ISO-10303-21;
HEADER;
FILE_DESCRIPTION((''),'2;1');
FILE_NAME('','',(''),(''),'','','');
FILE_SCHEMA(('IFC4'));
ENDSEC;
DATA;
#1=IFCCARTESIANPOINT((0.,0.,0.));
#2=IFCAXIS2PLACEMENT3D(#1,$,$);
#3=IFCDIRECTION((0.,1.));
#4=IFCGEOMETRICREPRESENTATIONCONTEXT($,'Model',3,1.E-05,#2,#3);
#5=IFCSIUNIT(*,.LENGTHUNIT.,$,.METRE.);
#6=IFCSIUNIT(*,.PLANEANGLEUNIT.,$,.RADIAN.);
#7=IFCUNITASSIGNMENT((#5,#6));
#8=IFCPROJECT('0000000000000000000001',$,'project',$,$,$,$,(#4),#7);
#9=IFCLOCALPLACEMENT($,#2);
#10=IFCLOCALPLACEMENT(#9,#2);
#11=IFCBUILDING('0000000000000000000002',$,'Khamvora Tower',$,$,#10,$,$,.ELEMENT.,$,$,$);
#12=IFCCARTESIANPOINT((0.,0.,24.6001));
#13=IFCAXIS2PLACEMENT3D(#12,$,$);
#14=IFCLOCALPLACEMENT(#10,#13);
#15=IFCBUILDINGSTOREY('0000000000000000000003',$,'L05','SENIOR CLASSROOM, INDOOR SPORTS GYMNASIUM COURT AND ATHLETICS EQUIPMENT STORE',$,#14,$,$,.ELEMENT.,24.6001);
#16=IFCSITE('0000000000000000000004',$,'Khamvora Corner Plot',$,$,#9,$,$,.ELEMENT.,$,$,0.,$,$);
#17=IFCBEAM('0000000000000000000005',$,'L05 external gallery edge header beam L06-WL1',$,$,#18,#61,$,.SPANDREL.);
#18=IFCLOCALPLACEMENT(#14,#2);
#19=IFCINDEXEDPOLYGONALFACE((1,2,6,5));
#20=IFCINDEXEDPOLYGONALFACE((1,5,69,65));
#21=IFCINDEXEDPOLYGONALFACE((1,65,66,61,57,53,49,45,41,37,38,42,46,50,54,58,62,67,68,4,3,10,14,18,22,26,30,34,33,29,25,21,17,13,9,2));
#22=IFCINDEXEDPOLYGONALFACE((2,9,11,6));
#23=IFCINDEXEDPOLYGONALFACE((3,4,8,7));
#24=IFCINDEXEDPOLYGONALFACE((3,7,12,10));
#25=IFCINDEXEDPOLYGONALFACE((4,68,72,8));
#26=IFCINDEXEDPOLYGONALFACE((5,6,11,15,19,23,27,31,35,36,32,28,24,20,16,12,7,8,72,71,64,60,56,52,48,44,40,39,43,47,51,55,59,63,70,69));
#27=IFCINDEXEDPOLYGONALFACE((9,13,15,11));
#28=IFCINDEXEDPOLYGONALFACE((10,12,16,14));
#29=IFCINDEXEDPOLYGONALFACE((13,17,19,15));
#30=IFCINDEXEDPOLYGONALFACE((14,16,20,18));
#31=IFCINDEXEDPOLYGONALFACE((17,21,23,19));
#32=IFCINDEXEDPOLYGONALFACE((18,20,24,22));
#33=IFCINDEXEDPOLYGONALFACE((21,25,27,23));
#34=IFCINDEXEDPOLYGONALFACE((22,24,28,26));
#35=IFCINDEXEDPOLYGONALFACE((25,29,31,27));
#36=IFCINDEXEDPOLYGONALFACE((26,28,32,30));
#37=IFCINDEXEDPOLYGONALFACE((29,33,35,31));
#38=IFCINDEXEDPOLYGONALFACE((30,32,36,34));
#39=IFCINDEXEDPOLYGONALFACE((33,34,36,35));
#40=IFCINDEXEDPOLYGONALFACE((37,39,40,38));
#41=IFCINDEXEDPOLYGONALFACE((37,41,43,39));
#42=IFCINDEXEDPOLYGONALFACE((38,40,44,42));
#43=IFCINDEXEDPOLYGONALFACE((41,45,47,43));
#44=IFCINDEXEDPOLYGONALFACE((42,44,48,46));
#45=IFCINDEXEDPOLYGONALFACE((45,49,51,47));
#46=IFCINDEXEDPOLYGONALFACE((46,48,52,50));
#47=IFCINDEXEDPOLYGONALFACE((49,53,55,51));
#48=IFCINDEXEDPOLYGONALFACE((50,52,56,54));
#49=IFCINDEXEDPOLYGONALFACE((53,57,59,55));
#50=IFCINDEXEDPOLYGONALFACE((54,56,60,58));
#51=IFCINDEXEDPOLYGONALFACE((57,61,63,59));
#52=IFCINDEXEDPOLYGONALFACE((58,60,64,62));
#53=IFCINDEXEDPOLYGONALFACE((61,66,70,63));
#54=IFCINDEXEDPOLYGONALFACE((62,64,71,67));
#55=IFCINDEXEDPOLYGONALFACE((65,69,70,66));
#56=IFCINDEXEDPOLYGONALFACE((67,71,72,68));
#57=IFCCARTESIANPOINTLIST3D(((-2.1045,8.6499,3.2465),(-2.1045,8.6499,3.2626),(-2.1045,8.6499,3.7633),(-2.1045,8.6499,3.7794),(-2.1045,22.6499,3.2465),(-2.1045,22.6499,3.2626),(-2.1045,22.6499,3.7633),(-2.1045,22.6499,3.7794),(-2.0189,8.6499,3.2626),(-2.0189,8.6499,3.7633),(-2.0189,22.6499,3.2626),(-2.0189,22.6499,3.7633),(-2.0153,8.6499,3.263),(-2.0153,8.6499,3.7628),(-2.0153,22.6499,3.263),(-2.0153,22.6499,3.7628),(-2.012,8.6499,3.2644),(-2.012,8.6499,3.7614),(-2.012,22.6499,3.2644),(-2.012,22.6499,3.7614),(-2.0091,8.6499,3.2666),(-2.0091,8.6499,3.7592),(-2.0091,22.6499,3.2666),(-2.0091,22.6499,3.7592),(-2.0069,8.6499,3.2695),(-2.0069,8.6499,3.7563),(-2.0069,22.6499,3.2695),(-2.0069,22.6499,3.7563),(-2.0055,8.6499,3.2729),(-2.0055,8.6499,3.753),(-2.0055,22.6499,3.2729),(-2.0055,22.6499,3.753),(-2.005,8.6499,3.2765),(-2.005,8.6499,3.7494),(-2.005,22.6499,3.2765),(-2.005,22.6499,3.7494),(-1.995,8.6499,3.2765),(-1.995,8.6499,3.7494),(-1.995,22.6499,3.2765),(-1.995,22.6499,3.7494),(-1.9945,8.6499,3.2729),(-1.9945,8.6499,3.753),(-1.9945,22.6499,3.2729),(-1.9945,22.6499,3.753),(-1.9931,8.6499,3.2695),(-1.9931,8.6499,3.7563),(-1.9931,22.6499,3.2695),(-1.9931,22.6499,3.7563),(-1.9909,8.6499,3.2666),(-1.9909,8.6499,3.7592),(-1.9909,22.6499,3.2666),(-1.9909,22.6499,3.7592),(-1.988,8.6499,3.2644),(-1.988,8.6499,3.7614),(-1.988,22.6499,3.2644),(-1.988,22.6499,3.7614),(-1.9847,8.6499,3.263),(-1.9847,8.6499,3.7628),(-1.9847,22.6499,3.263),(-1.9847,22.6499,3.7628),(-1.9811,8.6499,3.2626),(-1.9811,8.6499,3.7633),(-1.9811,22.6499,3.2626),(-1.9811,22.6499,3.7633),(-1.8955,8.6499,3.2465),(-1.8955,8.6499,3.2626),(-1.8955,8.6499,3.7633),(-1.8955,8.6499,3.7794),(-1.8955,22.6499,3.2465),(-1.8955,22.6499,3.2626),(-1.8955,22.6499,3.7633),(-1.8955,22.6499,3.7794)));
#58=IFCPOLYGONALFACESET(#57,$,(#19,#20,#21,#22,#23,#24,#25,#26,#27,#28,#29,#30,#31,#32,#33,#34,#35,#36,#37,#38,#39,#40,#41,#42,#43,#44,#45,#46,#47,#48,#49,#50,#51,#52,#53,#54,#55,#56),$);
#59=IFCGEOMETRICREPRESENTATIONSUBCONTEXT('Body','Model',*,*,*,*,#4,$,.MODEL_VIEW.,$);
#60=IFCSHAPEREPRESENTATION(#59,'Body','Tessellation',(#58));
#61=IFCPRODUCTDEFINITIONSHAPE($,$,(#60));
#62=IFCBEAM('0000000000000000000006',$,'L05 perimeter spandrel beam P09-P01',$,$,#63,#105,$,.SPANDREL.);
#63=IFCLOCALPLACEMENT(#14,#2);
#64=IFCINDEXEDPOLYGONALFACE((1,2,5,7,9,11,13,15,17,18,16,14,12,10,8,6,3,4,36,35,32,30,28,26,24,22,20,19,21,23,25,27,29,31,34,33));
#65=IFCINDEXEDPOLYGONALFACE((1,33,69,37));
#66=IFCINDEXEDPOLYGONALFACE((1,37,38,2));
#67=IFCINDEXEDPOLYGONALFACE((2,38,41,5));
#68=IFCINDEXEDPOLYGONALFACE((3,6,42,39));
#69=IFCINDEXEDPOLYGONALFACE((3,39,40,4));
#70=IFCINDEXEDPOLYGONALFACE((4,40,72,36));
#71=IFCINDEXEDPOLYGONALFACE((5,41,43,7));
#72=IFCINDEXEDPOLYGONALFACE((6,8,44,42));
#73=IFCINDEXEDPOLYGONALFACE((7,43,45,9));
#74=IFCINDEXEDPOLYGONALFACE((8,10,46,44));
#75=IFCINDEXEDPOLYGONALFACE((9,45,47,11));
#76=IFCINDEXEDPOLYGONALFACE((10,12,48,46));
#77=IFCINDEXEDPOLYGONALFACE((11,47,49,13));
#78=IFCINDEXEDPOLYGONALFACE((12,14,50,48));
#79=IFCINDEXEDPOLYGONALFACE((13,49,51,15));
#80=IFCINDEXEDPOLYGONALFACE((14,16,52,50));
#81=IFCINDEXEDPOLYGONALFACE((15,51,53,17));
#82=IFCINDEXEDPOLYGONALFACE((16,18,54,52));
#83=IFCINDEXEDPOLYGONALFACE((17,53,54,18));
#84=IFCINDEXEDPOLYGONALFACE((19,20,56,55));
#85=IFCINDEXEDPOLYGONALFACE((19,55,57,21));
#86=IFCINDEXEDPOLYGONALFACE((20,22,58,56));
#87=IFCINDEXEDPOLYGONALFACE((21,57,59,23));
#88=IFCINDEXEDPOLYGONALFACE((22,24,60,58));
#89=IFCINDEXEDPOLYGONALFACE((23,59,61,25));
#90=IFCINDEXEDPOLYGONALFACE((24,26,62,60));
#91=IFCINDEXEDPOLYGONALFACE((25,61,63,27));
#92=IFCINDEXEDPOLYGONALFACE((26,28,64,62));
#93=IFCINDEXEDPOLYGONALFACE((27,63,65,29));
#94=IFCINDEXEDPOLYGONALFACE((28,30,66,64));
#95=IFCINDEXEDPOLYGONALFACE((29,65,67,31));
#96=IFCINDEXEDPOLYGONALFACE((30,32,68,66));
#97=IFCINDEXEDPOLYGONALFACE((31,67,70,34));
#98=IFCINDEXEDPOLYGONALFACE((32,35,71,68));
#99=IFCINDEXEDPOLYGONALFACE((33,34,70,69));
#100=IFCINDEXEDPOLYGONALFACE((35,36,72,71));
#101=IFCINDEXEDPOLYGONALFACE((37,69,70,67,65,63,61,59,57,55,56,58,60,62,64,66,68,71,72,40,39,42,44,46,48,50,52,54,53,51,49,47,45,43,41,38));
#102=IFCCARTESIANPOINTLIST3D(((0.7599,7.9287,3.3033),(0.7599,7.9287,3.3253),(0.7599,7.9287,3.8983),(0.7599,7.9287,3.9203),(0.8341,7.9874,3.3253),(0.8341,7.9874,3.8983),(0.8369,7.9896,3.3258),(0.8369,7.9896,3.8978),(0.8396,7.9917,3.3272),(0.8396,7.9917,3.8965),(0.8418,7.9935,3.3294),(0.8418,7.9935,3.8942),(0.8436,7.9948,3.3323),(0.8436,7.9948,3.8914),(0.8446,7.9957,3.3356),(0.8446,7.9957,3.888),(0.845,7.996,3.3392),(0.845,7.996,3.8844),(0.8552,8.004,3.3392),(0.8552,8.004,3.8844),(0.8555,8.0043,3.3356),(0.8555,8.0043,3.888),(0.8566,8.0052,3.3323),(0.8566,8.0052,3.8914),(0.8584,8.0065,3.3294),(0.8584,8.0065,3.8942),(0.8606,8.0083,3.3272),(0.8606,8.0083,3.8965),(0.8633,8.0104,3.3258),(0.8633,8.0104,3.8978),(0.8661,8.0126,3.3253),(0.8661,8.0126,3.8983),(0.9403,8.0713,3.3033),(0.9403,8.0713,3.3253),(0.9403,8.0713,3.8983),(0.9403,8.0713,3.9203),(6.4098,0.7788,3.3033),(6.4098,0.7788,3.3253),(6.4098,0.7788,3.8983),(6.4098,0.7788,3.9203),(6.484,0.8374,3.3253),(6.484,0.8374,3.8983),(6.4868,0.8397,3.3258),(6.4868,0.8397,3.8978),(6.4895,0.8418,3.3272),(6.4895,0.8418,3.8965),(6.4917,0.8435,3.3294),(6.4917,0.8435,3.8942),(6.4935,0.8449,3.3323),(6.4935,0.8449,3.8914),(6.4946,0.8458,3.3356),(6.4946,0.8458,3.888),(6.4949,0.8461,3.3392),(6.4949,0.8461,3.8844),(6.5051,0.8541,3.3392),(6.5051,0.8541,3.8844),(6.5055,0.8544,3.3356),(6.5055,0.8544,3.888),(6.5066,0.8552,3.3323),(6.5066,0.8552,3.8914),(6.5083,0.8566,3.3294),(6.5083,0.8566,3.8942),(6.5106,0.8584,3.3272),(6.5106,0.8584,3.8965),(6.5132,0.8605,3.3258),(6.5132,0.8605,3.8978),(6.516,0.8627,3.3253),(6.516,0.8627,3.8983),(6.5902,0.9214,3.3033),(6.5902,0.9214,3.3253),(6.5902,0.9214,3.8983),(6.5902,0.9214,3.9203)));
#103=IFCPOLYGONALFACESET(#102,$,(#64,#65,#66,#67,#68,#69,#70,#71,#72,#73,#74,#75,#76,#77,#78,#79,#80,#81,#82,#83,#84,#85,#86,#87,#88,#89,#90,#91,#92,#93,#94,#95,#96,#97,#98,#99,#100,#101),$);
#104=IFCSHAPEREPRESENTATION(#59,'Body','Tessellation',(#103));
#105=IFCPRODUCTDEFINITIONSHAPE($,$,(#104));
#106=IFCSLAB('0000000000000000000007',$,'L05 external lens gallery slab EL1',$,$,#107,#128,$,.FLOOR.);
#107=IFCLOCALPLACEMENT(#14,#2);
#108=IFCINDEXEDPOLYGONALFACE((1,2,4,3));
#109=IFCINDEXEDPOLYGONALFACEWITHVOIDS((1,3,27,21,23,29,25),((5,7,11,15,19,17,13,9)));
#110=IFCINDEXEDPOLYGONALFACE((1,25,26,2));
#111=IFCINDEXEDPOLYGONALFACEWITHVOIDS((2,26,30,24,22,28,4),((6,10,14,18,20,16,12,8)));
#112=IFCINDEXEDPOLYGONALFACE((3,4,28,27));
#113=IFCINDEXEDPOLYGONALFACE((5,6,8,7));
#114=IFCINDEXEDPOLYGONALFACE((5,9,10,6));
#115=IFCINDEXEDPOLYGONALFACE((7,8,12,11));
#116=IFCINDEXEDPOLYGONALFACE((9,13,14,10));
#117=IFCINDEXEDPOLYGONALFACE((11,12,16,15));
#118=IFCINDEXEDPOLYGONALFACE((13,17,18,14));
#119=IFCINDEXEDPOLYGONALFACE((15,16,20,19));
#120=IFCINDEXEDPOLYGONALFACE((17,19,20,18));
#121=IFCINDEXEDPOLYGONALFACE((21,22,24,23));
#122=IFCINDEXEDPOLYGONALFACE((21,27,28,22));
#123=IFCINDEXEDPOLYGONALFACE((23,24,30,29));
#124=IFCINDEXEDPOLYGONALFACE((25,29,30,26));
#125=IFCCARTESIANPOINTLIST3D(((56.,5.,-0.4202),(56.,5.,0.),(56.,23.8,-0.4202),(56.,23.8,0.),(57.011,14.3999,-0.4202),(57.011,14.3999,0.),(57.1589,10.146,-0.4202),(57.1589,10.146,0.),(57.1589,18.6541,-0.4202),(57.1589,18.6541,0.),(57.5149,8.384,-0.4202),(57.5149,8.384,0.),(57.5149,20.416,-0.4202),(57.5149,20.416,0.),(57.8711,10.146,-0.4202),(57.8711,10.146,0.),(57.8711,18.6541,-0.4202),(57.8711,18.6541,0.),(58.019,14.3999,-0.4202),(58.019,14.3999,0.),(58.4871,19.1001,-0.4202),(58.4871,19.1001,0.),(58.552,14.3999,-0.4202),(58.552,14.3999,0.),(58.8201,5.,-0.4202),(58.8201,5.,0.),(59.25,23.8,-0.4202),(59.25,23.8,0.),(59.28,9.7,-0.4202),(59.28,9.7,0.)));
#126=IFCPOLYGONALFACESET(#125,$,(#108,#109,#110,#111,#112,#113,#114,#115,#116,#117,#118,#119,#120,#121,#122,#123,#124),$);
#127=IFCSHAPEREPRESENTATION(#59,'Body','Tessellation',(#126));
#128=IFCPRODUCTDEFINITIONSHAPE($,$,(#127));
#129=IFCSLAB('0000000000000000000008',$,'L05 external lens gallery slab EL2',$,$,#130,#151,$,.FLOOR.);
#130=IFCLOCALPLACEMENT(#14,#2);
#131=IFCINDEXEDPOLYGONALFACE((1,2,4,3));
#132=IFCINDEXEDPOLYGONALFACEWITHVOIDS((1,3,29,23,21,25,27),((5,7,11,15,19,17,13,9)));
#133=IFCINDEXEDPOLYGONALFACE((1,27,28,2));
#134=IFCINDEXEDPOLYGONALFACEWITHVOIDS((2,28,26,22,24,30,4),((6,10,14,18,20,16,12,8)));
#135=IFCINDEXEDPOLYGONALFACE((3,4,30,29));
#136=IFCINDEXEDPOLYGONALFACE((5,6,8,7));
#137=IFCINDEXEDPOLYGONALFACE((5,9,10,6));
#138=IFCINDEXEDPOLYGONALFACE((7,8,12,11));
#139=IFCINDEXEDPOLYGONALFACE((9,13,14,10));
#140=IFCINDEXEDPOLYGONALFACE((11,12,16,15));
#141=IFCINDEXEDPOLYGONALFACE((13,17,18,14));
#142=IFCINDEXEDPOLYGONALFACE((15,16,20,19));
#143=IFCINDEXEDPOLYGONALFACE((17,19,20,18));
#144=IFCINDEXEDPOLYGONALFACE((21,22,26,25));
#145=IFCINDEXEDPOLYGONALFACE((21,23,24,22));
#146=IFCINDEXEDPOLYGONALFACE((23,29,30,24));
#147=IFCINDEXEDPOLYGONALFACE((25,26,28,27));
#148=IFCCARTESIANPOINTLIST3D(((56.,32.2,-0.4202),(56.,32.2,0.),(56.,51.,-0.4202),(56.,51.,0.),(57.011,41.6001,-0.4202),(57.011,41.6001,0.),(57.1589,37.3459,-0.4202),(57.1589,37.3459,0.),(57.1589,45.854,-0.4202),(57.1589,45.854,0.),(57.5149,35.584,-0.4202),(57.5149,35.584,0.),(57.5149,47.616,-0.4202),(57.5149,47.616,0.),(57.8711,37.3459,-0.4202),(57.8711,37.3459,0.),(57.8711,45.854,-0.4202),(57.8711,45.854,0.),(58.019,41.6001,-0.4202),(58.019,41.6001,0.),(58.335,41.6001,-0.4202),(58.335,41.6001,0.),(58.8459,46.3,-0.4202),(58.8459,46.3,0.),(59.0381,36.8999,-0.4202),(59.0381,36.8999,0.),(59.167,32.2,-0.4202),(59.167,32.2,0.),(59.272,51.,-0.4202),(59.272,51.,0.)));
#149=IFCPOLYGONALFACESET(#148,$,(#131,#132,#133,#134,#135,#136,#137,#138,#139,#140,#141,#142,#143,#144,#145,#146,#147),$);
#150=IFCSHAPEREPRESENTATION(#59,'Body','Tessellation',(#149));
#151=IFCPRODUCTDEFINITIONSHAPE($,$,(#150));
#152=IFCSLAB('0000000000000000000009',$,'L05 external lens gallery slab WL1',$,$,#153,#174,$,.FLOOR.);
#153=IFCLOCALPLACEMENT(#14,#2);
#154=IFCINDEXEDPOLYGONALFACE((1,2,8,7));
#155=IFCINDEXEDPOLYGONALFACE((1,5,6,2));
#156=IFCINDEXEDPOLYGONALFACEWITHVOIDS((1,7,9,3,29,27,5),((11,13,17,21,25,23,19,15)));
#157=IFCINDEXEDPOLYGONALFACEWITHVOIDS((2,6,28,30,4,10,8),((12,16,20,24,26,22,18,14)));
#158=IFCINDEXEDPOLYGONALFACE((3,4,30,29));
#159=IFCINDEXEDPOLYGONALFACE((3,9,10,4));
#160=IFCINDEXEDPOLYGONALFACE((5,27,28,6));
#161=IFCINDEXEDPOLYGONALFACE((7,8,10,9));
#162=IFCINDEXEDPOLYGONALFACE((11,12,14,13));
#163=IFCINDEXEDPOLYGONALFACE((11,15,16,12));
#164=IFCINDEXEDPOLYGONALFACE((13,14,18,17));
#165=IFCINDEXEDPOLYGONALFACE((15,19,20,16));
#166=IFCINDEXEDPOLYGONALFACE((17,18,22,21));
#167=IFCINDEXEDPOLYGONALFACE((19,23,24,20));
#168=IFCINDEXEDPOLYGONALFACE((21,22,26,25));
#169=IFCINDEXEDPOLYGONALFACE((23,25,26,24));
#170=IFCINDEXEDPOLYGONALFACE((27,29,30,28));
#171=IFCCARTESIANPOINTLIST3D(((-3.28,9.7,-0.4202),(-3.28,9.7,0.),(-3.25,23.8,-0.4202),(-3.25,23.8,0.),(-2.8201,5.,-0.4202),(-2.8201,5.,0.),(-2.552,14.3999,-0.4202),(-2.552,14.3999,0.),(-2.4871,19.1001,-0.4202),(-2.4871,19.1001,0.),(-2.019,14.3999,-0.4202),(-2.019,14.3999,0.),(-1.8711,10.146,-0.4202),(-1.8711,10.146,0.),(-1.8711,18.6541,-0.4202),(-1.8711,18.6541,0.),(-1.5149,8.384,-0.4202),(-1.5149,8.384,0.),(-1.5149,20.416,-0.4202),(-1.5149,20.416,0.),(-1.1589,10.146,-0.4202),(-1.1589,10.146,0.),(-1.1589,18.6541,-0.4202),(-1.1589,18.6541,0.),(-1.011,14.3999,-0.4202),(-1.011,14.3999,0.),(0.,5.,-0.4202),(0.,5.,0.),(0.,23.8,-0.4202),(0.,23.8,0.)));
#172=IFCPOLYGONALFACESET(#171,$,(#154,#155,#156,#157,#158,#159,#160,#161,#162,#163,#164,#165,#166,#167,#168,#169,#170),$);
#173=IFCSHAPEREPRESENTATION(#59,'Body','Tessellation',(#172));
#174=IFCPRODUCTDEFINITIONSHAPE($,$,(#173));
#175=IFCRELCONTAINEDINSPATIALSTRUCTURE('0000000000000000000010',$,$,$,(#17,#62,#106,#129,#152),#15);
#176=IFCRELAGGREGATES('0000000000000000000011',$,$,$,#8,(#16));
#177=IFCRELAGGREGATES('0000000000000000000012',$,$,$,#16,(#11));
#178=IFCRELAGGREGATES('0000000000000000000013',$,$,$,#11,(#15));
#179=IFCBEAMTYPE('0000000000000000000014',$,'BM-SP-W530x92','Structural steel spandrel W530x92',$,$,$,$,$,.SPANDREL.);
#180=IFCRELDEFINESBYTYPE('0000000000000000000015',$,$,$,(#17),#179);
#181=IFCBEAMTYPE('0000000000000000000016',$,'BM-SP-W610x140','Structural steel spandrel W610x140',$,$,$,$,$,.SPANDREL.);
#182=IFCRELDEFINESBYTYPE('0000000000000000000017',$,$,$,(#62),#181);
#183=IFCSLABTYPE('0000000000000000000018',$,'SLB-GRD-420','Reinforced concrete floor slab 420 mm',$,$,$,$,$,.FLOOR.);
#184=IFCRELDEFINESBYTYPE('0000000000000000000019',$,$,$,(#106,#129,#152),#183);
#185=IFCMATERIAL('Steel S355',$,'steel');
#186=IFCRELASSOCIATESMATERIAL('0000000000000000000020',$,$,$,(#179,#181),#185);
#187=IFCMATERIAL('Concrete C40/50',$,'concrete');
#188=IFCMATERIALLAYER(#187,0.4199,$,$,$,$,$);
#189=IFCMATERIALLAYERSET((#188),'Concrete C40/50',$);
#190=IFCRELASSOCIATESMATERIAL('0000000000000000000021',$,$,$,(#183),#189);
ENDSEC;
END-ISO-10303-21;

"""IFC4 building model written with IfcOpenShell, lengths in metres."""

from ifc_helpers import new_model, si_unit, direction, frame, origin, origin_2d, place, context, subcontext, project, spatial, polyline, i_section, outline, extrude, material, layer, layer_set, material_profile, profile_set, type_object, element, save


model = new_model("IFC4")

# Units and contexts
model_context = context("Model", 3, precision=1e-05, world=origin(), true_north=direction((0.0, 1.0)))
body_context = subcontext(model_context, "Body", "Model", "MODEL_VIEW")
ifc_project = project(units=[si_unit("LENGTHUNIT", "METRE"), si_unit("PLANEANGLEUNIT", "RADIAN")], contexts=[model_context])

# Site, building, storey
site_placement = place(None, origin())
site = spatial("IfcSite", under=ifc_project, at=site_placement, Name="Khamvora Corner Plot", CompositionType="ELEMENT", RefElevation=0.0)
building_placement = place(site_placement, origin())
building = spatial("IfcBuilding", under=site, at=building_placement, Name="Khamvora Tower", CompositionType="ELEMENT")
storey_placement = place(building_placement, frame((0.0, 0.0, 24.6001)))
storey = spatial("IfcBuildingStorey", under=building, at=storey_placement, Name="L05", Description="SENIOR CLASSROOM, INDOOR SPORTS GYMNASIUM COURT AND ATHLETICS EQUIPMENT STORE", CompositionType="ELEMENT", Elevation=24.6001)

# Beams
ifc_material_1 = material(Name="Steel S355", Category="steel")
ifc_material_profile_1 = material_profile(ifc_material_1, i_section(OverallWidth=0.209, OverallDepth=0.533, WebThickness=0.01, FlangeThickness=0.0161, FilletRadius=0.0139, at=origin_2d()), Name="W530x92")
ifc_profile_set_1 = profile_set([ifc_material_profile_1], Name="Steel S355")
beam_type_1 = type_object("IfcBeamType", Name="BM-SP-W530x92", Description="Structural steel spandrel W530x92", PredefinedType="SPANDREL", material=ifc_profile_set_1)
beam_1_placement = place(storey_placement, frame((-2.0, 8.6499, 3.5129), z_axis=(0.0, 1.0, 0.0), x_axis=(-1.0, 0.0, 0.0)))
element("IfcBeam", 1, at=beam_1_placement, inside=storey, type_object=beam_type_1, Name="L05 external gallery edge header beam L06-WL1", PredefinedType="SPANDREL", context=body_context, shape_type="SweptSolid", body=[
    extrude(i_section(OverallWidth=0.209, OverallDepth=0.533, WebThickness=0.01, FlangeThickness=0.0161, FilletRadius=0.0139, at=origin_2d()), origin(), (0.0, 0.0, 1.0), 14.0),
])
ifc_material_profile_2 = material_profile(ifc_material_1, i_section(OverallWidth=0.23, OverallDepth=0.6169, WebThickness=0.0129, FlangeThickness=0.022, FilletRadius=0.0139, at=origin_2d()), Name="W610x140")
ifc_profile_set_2 = profile_set([ifc_material_profile_2], Name="Steel S355")
beam_type_2 = type_object("IfcBeamType", Name="BM-SP-W610x140", Description="Structural steel spandrel W610x140", PredefinedType="SPANDREL", material=ifc_profile_set_2)
beam_2_placement = place(storey_placement, frame((0.8501, 8.0, 3.6118), z_axis=(0.619999, -0.784603, 0.0), x_axis=(0.784603, 0.619999, 0.0)))
element("IfcBeam", 2, at=beam_2_placement, inside=storey, type_object=beam_type_2, Name="L05 perimeter spandrel beam P09-P01", PredefinedType="SPANDREL", context=body_context, shape_type="SweptSolid", body=[
    extrude(i_section(OverallWidth=0.23, OverallDepth=0.6169, WebThickness=0.0129, FlangeThickness=0.022, FilletRadius=0.0139, at=origin_2d()), origin(), (0.0, 0.0, 1.0), 9.1128),
])

# Slabs
ifc_material_2 = material(Name="Concrete C40/50", Category="concrete")
ifc_layer_1 = layer(ifc_material_2, 0.4199)
ifc_layer_set_1 = layer_set([ifc_layer_1], Name="Concrete C40/50")
slab_type_1 = type_object("IfcSlabType", Name="SLB-GRD-420", Description="Reinforced concrete floor slab 420 mm", PredefinedType="FLOOR", material=ifc_layer_set_1)
slab_1_placement = place(storey_placement, frame((0.0, 0.0, -0.4202)))
element("IfcSlab", 3, at=slab_1_placement, inside=storey, type_object=slab_type_1, Name="L05 external lens gallery slab EL1", PredefinedType="FLOOR", context=body_context, shape_type="SweptSolid", body=[
    extrude(outline(polyline([(58.8201, 5.0), (59.28, 9.7), (58.552, 14.3999), (58.4871, 19.1001), (59.25, 23.8), (56.0, 23.8), (56.0, 5.0), (58.8201, 5.0)]), holes=[polyline([(58.019, 14.3999), (57.8711, 18.6541), (57.5149, 20.416), (57.1589, 18.6541), (57.011, 14.3999), (57.1589, 10.146), (57.5149, 8.384), (57.8711, 10.146), (58.019, 14.3999)])]), origin(), (0.0, 0.0, 1.0), 0.4202),
])
slab_2_placement = place(storey_placement, frame((0.0, 0.0, -0.4202)))
element("IfcSlab", 4, at=slab_2_placement, inside=storey, type_object=slab_type_1, Name="L05 external lens gallery slab EL2", PredefinedType="FLOOR", context=body_context, shape_type="SweptSolid", body=[
    extrude(outline(polyline([(59.167, 32.2), (59.0381, 36.8999), (58.335, 41.6001), (58.8459, 46.3), (59.272, 51.0), (56.0, 51.0), (56.0, 32.2), (59.167, 32.2)]), holes=[polyline([(58.019, 41.6001), (57.8711, 45.854), (57.5149, 47.616), (57.1589, 45.854), (57.011, 41.6001), (57.1589, 37.3459), (57.5149, 35.584), (57.8711, 37.3459), (58.019, 41.6001)])]), origin(), (0.0, 0.0, 1.0), 0.4202),
])
slab_3_placement = place(storey_placement, frame((0.0, 0.0, -0.4202)))
element("IfcSlab", 5, at=slab_3_placement, inside=storey, type_object=slab_type_1, Name="L05 external lens gallery slab WL1", PredefinedType="FLOOR", context=body_context, shape_type="SweptSolid", body=[
    extrude(outline(polyline([(0.0, 5.0), (0.0, 23.8), (-3.25, 23.8), (-2.4871, 19.1001), (-2.552, 14.3999), (-3.28, 9.7), (-2.8201, 5.0), (0.0, 5.0)]), holes=[polyline([(-1.011, 14.3999), (-1.1589, 18.6541), (-1.5149, 20.416), (-1.8711, 18.6541), (-2.019, 14.3999), (-1.8711, 10.146), (-1.5149, 8.384), (-1.1589, 10.146), (-1.011, 14.3999)])]), origin(), (0.0, 0.0, 1.0), 0.4202),
])

save(model, "model.ifc")
